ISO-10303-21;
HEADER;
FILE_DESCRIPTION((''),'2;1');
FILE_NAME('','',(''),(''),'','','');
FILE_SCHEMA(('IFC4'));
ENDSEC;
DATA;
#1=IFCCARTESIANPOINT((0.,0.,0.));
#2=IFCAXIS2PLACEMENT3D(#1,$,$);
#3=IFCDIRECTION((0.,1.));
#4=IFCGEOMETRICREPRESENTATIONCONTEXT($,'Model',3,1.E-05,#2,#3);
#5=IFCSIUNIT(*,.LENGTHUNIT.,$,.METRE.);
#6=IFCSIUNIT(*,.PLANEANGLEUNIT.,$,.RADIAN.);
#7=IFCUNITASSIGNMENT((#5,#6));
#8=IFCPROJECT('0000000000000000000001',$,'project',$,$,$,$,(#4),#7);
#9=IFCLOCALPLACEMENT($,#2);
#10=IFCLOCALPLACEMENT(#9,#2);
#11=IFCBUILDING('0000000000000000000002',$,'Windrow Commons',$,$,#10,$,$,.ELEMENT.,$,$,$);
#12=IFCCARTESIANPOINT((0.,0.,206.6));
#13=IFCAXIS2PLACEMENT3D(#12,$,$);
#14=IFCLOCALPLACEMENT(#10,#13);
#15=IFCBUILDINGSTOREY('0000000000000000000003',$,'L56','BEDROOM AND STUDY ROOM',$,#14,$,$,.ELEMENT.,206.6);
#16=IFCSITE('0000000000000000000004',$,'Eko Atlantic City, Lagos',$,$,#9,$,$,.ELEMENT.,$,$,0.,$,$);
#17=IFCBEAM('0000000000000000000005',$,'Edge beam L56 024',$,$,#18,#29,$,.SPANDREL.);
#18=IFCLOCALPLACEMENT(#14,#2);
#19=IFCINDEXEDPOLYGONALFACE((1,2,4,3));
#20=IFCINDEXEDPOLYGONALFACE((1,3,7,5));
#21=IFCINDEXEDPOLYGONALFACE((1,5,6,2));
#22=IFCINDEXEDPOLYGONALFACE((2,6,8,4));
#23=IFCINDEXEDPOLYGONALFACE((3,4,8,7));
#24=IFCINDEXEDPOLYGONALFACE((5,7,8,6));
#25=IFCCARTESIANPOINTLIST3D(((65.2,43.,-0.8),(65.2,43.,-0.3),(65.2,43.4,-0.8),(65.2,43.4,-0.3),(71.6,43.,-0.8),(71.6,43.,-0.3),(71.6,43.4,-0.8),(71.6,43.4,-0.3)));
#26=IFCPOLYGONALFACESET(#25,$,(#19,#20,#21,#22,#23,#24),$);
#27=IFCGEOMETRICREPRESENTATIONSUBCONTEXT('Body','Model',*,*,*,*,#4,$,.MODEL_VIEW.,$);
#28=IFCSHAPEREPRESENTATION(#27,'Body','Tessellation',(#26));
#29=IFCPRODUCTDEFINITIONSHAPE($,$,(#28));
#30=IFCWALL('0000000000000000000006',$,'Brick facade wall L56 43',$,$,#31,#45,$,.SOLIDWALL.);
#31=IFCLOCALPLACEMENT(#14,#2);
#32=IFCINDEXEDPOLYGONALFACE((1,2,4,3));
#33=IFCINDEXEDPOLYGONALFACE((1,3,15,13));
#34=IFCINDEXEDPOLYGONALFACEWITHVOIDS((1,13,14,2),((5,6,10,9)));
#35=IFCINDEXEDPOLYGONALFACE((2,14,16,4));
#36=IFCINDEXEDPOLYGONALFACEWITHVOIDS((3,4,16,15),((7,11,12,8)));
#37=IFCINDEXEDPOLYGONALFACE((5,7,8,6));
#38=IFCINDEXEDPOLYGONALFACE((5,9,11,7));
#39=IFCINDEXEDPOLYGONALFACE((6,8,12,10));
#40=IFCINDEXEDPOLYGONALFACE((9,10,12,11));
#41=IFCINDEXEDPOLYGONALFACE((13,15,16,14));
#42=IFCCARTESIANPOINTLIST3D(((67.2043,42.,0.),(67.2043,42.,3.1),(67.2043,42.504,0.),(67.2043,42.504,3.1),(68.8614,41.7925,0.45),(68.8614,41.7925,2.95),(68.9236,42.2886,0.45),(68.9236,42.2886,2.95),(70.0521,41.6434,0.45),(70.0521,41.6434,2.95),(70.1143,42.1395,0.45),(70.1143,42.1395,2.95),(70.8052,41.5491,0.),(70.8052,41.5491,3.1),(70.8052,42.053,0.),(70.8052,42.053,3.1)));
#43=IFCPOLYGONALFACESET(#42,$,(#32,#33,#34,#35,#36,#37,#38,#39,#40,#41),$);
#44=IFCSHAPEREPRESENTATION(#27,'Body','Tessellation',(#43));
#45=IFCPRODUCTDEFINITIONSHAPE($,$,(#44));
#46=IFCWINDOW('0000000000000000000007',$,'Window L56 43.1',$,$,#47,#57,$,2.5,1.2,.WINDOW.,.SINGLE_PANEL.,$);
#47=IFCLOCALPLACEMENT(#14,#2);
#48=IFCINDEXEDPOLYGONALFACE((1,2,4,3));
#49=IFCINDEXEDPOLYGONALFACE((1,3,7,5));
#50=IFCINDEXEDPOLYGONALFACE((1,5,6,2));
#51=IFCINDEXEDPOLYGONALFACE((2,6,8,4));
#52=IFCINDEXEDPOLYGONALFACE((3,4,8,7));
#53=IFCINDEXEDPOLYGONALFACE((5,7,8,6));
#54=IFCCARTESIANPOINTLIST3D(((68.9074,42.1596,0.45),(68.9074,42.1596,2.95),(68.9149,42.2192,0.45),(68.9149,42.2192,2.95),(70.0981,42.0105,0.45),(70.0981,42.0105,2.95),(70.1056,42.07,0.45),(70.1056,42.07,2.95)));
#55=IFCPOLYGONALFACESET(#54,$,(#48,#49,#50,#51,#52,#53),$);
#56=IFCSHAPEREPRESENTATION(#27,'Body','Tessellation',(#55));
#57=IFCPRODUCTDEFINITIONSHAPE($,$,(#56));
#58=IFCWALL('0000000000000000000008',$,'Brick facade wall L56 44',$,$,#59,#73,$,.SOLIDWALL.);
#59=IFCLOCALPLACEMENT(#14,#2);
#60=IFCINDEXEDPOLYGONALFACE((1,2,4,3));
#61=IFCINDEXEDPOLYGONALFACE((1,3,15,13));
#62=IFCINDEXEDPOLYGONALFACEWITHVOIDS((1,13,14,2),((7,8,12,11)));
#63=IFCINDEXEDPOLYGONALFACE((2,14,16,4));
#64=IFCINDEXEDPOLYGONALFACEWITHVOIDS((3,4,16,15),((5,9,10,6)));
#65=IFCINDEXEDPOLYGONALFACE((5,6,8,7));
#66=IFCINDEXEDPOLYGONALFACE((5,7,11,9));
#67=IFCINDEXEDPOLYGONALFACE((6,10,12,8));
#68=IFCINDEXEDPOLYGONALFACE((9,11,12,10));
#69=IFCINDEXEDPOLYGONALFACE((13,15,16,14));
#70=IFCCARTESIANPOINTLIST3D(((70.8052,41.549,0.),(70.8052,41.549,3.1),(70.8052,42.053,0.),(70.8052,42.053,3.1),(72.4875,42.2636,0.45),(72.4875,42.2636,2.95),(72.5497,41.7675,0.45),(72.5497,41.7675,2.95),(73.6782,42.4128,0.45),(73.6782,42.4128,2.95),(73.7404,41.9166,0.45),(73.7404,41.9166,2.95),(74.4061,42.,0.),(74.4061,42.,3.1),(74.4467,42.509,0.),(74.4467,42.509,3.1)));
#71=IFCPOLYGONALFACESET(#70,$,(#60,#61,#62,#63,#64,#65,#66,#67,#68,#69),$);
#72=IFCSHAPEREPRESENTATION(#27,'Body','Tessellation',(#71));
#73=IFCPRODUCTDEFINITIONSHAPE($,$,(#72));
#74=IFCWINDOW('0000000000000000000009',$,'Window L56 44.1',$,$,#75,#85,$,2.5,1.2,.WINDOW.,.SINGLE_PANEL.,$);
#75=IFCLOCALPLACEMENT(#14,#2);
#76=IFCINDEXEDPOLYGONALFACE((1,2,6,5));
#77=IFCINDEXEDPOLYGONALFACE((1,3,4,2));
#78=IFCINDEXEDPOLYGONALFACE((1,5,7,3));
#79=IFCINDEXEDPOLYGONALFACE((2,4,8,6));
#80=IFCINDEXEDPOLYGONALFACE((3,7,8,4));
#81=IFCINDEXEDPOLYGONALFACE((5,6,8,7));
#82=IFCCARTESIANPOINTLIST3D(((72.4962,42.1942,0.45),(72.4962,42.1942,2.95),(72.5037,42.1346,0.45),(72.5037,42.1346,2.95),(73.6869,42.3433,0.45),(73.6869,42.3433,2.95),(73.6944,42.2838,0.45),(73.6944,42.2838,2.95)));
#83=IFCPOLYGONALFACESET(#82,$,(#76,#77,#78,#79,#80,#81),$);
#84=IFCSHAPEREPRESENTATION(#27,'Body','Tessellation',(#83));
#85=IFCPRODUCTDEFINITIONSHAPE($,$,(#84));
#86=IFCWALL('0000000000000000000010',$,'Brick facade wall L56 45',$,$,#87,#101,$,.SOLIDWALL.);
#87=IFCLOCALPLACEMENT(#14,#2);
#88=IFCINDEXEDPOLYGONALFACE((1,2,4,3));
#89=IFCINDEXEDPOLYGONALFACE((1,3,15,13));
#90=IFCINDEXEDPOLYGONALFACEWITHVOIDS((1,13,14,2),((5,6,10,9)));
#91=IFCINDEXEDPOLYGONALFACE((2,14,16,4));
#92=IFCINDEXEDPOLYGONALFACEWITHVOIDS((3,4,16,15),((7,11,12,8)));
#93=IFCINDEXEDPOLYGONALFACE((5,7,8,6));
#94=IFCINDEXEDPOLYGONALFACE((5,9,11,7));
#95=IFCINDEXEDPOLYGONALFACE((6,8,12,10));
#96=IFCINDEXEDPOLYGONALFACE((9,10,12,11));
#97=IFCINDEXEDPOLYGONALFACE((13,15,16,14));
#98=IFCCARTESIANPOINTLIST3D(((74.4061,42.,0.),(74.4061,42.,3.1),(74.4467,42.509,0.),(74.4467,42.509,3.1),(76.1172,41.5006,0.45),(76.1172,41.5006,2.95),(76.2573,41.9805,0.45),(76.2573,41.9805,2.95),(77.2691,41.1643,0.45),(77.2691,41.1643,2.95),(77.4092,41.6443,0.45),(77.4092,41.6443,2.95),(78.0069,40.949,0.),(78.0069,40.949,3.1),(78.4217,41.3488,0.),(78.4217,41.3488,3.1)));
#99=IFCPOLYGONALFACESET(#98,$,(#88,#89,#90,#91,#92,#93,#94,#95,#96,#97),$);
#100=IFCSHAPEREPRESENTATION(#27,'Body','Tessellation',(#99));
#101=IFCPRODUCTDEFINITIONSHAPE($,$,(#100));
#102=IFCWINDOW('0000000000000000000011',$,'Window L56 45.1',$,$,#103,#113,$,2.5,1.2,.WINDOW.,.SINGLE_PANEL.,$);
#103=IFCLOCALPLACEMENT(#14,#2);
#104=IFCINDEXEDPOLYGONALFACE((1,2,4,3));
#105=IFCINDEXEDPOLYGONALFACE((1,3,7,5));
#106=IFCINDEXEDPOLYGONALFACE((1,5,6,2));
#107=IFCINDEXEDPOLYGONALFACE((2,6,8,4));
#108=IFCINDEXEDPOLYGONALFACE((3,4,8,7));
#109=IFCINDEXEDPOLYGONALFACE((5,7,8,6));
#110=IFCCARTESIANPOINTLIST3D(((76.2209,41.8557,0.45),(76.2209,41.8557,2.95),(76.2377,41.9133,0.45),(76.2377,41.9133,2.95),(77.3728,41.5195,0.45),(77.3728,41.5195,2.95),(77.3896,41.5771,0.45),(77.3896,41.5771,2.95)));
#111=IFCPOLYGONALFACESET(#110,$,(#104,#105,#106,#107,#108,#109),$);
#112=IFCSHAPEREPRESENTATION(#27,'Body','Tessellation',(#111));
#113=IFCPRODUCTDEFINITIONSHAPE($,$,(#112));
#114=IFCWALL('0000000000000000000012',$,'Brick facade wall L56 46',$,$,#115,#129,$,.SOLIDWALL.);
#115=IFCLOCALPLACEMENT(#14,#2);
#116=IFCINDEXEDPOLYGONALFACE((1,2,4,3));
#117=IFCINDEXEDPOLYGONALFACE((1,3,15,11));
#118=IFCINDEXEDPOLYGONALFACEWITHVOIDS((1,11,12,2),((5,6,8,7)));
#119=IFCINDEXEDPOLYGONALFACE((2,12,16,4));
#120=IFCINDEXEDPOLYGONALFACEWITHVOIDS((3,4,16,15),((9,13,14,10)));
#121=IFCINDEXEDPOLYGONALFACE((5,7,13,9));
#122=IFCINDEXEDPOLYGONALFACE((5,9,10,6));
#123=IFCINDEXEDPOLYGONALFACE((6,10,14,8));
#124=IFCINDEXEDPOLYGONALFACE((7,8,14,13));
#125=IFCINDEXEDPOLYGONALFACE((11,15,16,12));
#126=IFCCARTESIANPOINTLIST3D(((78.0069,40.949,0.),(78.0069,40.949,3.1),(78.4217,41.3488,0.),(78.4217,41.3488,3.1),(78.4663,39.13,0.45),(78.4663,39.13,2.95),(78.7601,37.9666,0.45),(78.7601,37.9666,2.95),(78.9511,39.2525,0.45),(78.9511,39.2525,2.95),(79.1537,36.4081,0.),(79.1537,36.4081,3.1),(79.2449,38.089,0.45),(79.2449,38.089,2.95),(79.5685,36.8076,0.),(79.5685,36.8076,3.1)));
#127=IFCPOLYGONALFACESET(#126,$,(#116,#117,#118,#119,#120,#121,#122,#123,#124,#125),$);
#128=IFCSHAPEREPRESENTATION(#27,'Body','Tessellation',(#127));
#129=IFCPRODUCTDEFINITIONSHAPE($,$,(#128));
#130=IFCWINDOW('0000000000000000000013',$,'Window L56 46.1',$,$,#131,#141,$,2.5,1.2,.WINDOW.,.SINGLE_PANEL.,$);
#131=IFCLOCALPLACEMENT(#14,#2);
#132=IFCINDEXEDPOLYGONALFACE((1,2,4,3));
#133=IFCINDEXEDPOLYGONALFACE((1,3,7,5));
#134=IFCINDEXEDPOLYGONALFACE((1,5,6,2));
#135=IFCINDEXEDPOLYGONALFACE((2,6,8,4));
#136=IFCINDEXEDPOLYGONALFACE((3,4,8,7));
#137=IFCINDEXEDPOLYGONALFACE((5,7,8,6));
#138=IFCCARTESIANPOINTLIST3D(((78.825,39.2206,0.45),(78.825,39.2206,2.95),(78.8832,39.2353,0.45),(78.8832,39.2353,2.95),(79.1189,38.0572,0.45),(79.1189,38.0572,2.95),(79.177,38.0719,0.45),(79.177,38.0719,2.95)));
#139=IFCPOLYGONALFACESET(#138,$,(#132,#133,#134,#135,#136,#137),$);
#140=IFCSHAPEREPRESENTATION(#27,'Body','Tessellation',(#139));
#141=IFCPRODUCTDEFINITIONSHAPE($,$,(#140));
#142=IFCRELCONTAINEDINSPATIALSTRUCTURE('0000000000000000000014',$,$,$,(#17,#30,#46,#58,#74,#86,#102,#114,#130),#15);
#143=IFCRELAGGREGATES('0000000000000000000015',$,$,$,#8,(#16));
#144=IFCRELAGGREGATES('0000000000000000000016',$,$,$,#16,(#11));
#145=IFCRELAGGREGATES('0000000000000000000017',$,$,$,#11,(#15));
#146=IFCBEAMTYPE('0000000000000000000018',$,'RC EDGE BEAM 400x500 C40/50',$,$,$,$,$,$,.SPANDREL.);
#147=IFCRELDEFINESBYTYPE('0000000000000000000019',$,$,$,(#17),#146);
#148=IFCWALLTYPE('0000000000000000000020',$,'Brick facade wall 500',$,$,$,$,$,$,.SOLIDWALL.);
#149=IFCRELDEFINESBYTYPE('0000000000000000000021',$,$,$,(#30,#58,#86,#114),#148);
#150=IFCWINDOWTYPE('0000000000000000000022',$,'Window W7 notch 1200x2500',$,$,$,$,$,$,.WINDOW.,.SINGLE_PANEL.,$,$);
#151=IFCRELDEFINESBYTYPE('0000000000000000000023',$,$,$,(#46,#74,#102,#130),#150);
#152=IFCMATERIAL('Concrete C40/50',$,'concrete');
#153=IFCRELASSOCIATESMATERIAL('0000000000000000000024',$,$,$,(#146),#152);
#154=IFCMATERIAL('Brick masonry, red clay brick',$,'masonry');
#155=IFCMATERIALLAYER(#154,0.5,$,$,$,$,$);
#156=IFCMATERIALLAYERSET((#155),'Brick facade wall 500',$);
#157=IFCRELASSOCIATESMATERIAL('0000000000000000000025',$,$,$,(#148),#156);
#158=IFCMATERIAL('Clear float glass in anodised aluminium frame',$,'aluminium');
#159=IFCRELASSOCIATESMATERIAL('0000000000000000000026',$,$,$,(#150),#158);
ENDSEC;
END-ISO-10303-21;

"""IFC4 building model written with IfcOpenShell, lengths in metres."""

from ifc_helpers import new_model, si_unit, direction, frame, frame_2d, origin, origin_2d, place, context, subcontext, project, spatial, polyline, rectangle, outline, extrude, material, layer, layer_set, material_profile, profile_set, type_object, element, fill, save


model = new_model("IFC4")

# Units and contexts
model_context = context("Model", 3, precision=1e-05, world=origin(), true_north=direction((0.0, 1.0)))
body_context = subcontext(model_context, "Body", "Model", "MODEL_VIEW")
ifc_project = project(units=[si_unit("LENGTHUNIT", "METRE"), si_unit("PLANEANGLEUNIT", "RADIAN")], contexts=[model_context])

# Site, building, storey
site_placement = place(None, origin())
site = spatial("IfcSite", under=ifc_project, at=site_placement, Name="Eko Atlantic City, Lagos", CompositionType="ELEMENT", RefElevation=0.0)
building_placement = place(site_placement, origin())
building = spatial("IfcBuilding", under=site, at=building_placement, Name="Windrow Commons", CompositionType="ELEMENT")
storey_placement = place(building_placement, frame((0.0, 0.0, 206.6)))
storey = spatial("IfcBuildingStorey", under=building, at=storey_placement, Name="L56", Description="BEDROOM AND STUDY ROOM", CompositionType="ELEMENT", Elevation=206.6)

# Beam
ifc_material_1 = material(Name="Concrete C40/50", Category="concrete")
ifc_material_profile = material_profile(ifc_material_1, rectangle(XDim=0.4, YDim=0.5, at=origin_2d()))
ifc_profile_set = profile_set([ifc_material_profile], Name="Concrete C40/50")
beam_type = type_object("IfcBeamType", Name="RC EDGE BEAM 400x500 C40/50", PredefinedType="SPANDREL", material=ifc_profile_set)
beam_placement = place(storey_placement, frame((71.6, 43.2, -0.55), z_axis=(-1.0, 0.0, 0.0), x_axis=(0.0, -1.0, 0.0)))
element("IfcBeam", 1, at=beam_placement, inside=storey, type_object=beam_type, Name="Edge beam L56 024", PredefinedType="SPANDREL", context=body_context, shape_type="SweptSolid", body=[
    extrude(rectangle(XDim=0.4, YDim=0.5, at=origin_2d()), origin(), (0.0, 0.0, 1.0), 6.4),
])

# Walls, openings, windows
ifc_material_2 = material(Name="Brick masonry, red clay brick", Category="masonry")
ifc_layer_1 = layer(ifc_material_2, 0.5)
ifc_layer_set_1 = layer_set([ifc_layer_1], Name="Brick facade wall 500")
wall_type_1 = type_object("IfcWallType", Name="Brick facade wall 500", PredefinedType="SOLIDWALL", material=ifc_layer_set_1)
wall_1_placement = place(storey_placement, frame((67.2043, 42.252, 0.0), z_axis=(0.0, 0.0, 1.0), x_axis=(0.992248, -0.124276, 0.0)))
wall_1 = element("IfcWall", 2, at=wall_1_placement, inside=storey, type_object=wall_type_1, Name="Brick facade wall L56 43", PredefinedType="SOLIDWALL", context=body_context, shape_type="SweptSolid", body=[
    extrude(outline(polyline([(0.0313, -0.25), (3.6603, -0.25), (3.5977, 0.25), (-0.0313, 0.25), (0.0313, -0.25)])), origin(), (0.0, 0.0, 1.0), 3.1),
])
opening_1_placement = place(wall_1_placement, frame((1.7014, 0.0, 0.45)))
opening_1 = element("IfcOpeningElement", 3, at=opening_1_placement, cuts=wall_1, PredefinedType="OPENING", context=body_context, shape_type="SweptSolid", body=[
    extrude(rectangle(XDim=1.2, YDim=2.5, at=frame_2d((0.6, 1.25))), frame((0.0, 0.26, 0.0), z_axis=(0.0, -1.0, 0.0), x_axis=(1.0, 0.0, 0.0)), (0.0, 0.0, 1.0), 0.52),
])
ifc_material_3 = material(Name="Clear float glass in anodised aluminium frame", Category="aluminium")
window_type_1 = type_object("IfcWindowType", Name="Window W7 notch 1200x2500", PartitioningType="SINGLE_PANEL", PredefinedType="WINDOW", material=ifc_material_3)
window_1_placement = place(opening_1_placement, origin())
window_1 = element("IfcWindow", 4, at=window_1_placement, inside=storey, type_object=window_type_1, Name="Window L56 43.1", OverallHeight=2.5, OverallWidth=1.2, PartitioningType="SINGLE_PANEL", PredefinedType="WINDOW", context=body_context, shape_type="SweptSolid", body=[
    extrude(rectangle(XDim=1.2, YDim=2.5, at=frame_2d((0.6, 1.25))), frame((0.0, 0.18, 0.0), z_axis=(0.0, -1.0, 0.0), x_axis=(1.0, 0.0, 0.0)), (0.0, 0.0, 1.0), 0.06),
])
fill(opening_1, window_1)
wall_2_placement = place(storey_placement, frame((70.8052, 41.801, 0.0), z_axis=(0.0, 0.0, 1.0), x_axis=(0.992249, 0.124264, 0.0)))
wall_2 = element("IfcWall", 5, at=wall_2_placement, inside=storey, type_object=wall_type_1, Name="Brick facade wall L56 44", PredefinedType="SOLIDWALL", context=body_context, shape_type="SweptSolid", body=[
    extrude(outline(polyline([(-0.0313, -0.25), (3.5977, -0.25), (3.7013, 0.25), (0.0313, 0.25), (-0.0313, -0.25)])), origin(), (0.0, 0.0, 1.0), 3.1),
])
opening_2_placement = place(wall_2_placement, frame((1.7268, 0.0, 0.45)))
opening_2 = element("IfcOpeningElement", 6, at=opening_2_placement, cuts=wall_2, PredefinedType="OPENING", context=body_context, shape_type="SweptSolid", body=[
    extrude(rectangle(XDim=1.2, YDim=2.5, at=frame_2d((0.6, 1.25))), frame((0.0, 0.26, 0.0), z_axis=(0.0, -1.0, 0.0), x_axis=(1.0, 0.0, 0.0)), (0.0, 0.0, 1.0), 0.52),
])
window_2_placement = place(opening_2_placement, origin())
window_2 = element("IfcWindow", 7, at=window_2_placement, inside=storey, type_object=window_type_1, Name="Window L56 44.1", OverallHeight=2.5, OverallWidth=1.2, PartitioningType="SINGLE_PANEL", PredefinedType="WINDOW", context=body_context, shape_type="SweptSolid", body=[
    extrude(rectangle(XDim=1.2, YDim=2.5, at=frame_2d((0.6, 1.25))), frame((0.0, 0.18, 0.0), z_axis=(0.0, -1.0, 0.0), x_axis=(1.0, 0.0, 0.0)), (0.0, 0.0, 1.0), 0.06),
])
fill(opening_2, window_2)
wall_3_placement = place(storey_placement, frame((74.4264, 42.2545, 0.0), z_axis=(0.0, 0.0, 1.0), x_axis=(0.959946, -0.280186, 0.0)))
wall_3 = element("IfcWall", 8, at=wall_3_placement, inside=storey, type_object=wall_type_1, Name="Brick facade wall L56 45", PredefinedType="SOLIDWALL", context=body_context, shape_type="SweptSolid", body=[
    extrude(outline(polyline([(0.0518, -0.25), (3.8029, -0.25), (4.089, 0.25), (-0.0518, 0.25), (0.0518, -0.25)])), origin(), (0.0, 0.0, 1.0), 3.1),
])
opening_3_placement = place(wall_3_placement, frame((1.8343, 0.0, 0.45)))
opening_3 = element("IfcOpeningElement", 9, at=opening_3_placement, cuts=wall_3, PredefinedType="OPENING", context=body_context, shape_type="SweptSolid", body=[
    extrude(rectangle(XDim=1.2, YDim=2.5, at=frame_2d((0.6, 1.25))), frame((0.0, 0.26, 0.0), z_axis=(0.0, -1.0, 0.0), x_axis=(1.0, 0.0, 0.0)), (0.0, 0.0, 1.0), 0.52),
])
window_3_placement = place(opening_3_placement, origin())
window_3 = element("IfcWindow", 10, at=window_3_placement, inside=storey, type_object=window_type_1, Name="Window L56 45.1", OverallHeight=2.5, OverallWidth=1.2, PartitioningType="SINGLE_PANEL", PredefinedType="WINDOW", context=body_context, shape_type="SweptSolid", body=[
    extrude(rectangle(XDim=1.2, YDim=2.5, at=frame_2d((0.6, 1.25))), frame((0.0, 0.18, 0.0), z_axis=(0.0, -1.0, 0.0), x_axis=(1.0, 0.0, 0.0)), (0.0, 0.0, 1.0), 0.06),
])
fill(opening_3, window_3)
wall_4_placement = place(storey_placement, frame((78.2143, 41.1489, 0.0), z_axis=(0.0, 0.0, 1.0), x_axis=(0.244856, -0.969559, 0.0)))
wall_4 = element("IfcWall", 11, at=wall_4_placement, inside=storey, type_object=wall_type_1, Name="Brick facade wall L56 46", PredefinedType="SOLIDWALL", context=body_context, shape_type="SweptSolid", body=[
    extrude(outline(polyline([(0.143, -0.25), (4.8265, -0.25), (4.5407, 0.25), (-0.143, 0.25), (0.143, -0.25)])), origin(), (0.0, 0.0, 1.0), 3.1),
])
opening_4_placement = place(wall_4_placement, frame((2.0191, 0.0, 0.45)))
opening_4 = element("IfcOpeningElement", 12, at=opening_4_placement, cuts=wall_4, PredefinedType="OPENING", context=body_context, shape_type="SweptSolid", body=[
    extrude(rectangle(XDim=1.2, YDim=2.5, at=frame_2d((0.6, 1.25))), frame((0.0, 0.26, 0.0), z_axis=(0.0, -1.0, 0.0), x_axis=(1.0, 0.0, 0.0)), (0.0, 0.0, 1.0), 0.52),
])
window_4_placement = place(opening_4_placement, origin())
window_4 = element("IfcWindow", 13, at=window_4_placement, inside=storey, type_object=window_type_1, Name="Window L56 46.1", OverallHeight=2.5, OverallWidth=1.2, PartitioningType="SINGLE_PANEL", PredefinedType="WINDOW", context=body_context, shape_type="SweptSolid", body=[
    extrude(rectangle(XDim=1.2, YDim=2.5, at=frame_2d((0.6, 1.25))), frame((0.0, 0.18, 0.0), z_axis=(0.0, -1.0, 0.0), x_axis=(1.0, 0.0, 0.0)), (0.0, 0.0, 1.0), 0.06),
])
fill(opening_4, window_4)

save(model, "model.ifc")
